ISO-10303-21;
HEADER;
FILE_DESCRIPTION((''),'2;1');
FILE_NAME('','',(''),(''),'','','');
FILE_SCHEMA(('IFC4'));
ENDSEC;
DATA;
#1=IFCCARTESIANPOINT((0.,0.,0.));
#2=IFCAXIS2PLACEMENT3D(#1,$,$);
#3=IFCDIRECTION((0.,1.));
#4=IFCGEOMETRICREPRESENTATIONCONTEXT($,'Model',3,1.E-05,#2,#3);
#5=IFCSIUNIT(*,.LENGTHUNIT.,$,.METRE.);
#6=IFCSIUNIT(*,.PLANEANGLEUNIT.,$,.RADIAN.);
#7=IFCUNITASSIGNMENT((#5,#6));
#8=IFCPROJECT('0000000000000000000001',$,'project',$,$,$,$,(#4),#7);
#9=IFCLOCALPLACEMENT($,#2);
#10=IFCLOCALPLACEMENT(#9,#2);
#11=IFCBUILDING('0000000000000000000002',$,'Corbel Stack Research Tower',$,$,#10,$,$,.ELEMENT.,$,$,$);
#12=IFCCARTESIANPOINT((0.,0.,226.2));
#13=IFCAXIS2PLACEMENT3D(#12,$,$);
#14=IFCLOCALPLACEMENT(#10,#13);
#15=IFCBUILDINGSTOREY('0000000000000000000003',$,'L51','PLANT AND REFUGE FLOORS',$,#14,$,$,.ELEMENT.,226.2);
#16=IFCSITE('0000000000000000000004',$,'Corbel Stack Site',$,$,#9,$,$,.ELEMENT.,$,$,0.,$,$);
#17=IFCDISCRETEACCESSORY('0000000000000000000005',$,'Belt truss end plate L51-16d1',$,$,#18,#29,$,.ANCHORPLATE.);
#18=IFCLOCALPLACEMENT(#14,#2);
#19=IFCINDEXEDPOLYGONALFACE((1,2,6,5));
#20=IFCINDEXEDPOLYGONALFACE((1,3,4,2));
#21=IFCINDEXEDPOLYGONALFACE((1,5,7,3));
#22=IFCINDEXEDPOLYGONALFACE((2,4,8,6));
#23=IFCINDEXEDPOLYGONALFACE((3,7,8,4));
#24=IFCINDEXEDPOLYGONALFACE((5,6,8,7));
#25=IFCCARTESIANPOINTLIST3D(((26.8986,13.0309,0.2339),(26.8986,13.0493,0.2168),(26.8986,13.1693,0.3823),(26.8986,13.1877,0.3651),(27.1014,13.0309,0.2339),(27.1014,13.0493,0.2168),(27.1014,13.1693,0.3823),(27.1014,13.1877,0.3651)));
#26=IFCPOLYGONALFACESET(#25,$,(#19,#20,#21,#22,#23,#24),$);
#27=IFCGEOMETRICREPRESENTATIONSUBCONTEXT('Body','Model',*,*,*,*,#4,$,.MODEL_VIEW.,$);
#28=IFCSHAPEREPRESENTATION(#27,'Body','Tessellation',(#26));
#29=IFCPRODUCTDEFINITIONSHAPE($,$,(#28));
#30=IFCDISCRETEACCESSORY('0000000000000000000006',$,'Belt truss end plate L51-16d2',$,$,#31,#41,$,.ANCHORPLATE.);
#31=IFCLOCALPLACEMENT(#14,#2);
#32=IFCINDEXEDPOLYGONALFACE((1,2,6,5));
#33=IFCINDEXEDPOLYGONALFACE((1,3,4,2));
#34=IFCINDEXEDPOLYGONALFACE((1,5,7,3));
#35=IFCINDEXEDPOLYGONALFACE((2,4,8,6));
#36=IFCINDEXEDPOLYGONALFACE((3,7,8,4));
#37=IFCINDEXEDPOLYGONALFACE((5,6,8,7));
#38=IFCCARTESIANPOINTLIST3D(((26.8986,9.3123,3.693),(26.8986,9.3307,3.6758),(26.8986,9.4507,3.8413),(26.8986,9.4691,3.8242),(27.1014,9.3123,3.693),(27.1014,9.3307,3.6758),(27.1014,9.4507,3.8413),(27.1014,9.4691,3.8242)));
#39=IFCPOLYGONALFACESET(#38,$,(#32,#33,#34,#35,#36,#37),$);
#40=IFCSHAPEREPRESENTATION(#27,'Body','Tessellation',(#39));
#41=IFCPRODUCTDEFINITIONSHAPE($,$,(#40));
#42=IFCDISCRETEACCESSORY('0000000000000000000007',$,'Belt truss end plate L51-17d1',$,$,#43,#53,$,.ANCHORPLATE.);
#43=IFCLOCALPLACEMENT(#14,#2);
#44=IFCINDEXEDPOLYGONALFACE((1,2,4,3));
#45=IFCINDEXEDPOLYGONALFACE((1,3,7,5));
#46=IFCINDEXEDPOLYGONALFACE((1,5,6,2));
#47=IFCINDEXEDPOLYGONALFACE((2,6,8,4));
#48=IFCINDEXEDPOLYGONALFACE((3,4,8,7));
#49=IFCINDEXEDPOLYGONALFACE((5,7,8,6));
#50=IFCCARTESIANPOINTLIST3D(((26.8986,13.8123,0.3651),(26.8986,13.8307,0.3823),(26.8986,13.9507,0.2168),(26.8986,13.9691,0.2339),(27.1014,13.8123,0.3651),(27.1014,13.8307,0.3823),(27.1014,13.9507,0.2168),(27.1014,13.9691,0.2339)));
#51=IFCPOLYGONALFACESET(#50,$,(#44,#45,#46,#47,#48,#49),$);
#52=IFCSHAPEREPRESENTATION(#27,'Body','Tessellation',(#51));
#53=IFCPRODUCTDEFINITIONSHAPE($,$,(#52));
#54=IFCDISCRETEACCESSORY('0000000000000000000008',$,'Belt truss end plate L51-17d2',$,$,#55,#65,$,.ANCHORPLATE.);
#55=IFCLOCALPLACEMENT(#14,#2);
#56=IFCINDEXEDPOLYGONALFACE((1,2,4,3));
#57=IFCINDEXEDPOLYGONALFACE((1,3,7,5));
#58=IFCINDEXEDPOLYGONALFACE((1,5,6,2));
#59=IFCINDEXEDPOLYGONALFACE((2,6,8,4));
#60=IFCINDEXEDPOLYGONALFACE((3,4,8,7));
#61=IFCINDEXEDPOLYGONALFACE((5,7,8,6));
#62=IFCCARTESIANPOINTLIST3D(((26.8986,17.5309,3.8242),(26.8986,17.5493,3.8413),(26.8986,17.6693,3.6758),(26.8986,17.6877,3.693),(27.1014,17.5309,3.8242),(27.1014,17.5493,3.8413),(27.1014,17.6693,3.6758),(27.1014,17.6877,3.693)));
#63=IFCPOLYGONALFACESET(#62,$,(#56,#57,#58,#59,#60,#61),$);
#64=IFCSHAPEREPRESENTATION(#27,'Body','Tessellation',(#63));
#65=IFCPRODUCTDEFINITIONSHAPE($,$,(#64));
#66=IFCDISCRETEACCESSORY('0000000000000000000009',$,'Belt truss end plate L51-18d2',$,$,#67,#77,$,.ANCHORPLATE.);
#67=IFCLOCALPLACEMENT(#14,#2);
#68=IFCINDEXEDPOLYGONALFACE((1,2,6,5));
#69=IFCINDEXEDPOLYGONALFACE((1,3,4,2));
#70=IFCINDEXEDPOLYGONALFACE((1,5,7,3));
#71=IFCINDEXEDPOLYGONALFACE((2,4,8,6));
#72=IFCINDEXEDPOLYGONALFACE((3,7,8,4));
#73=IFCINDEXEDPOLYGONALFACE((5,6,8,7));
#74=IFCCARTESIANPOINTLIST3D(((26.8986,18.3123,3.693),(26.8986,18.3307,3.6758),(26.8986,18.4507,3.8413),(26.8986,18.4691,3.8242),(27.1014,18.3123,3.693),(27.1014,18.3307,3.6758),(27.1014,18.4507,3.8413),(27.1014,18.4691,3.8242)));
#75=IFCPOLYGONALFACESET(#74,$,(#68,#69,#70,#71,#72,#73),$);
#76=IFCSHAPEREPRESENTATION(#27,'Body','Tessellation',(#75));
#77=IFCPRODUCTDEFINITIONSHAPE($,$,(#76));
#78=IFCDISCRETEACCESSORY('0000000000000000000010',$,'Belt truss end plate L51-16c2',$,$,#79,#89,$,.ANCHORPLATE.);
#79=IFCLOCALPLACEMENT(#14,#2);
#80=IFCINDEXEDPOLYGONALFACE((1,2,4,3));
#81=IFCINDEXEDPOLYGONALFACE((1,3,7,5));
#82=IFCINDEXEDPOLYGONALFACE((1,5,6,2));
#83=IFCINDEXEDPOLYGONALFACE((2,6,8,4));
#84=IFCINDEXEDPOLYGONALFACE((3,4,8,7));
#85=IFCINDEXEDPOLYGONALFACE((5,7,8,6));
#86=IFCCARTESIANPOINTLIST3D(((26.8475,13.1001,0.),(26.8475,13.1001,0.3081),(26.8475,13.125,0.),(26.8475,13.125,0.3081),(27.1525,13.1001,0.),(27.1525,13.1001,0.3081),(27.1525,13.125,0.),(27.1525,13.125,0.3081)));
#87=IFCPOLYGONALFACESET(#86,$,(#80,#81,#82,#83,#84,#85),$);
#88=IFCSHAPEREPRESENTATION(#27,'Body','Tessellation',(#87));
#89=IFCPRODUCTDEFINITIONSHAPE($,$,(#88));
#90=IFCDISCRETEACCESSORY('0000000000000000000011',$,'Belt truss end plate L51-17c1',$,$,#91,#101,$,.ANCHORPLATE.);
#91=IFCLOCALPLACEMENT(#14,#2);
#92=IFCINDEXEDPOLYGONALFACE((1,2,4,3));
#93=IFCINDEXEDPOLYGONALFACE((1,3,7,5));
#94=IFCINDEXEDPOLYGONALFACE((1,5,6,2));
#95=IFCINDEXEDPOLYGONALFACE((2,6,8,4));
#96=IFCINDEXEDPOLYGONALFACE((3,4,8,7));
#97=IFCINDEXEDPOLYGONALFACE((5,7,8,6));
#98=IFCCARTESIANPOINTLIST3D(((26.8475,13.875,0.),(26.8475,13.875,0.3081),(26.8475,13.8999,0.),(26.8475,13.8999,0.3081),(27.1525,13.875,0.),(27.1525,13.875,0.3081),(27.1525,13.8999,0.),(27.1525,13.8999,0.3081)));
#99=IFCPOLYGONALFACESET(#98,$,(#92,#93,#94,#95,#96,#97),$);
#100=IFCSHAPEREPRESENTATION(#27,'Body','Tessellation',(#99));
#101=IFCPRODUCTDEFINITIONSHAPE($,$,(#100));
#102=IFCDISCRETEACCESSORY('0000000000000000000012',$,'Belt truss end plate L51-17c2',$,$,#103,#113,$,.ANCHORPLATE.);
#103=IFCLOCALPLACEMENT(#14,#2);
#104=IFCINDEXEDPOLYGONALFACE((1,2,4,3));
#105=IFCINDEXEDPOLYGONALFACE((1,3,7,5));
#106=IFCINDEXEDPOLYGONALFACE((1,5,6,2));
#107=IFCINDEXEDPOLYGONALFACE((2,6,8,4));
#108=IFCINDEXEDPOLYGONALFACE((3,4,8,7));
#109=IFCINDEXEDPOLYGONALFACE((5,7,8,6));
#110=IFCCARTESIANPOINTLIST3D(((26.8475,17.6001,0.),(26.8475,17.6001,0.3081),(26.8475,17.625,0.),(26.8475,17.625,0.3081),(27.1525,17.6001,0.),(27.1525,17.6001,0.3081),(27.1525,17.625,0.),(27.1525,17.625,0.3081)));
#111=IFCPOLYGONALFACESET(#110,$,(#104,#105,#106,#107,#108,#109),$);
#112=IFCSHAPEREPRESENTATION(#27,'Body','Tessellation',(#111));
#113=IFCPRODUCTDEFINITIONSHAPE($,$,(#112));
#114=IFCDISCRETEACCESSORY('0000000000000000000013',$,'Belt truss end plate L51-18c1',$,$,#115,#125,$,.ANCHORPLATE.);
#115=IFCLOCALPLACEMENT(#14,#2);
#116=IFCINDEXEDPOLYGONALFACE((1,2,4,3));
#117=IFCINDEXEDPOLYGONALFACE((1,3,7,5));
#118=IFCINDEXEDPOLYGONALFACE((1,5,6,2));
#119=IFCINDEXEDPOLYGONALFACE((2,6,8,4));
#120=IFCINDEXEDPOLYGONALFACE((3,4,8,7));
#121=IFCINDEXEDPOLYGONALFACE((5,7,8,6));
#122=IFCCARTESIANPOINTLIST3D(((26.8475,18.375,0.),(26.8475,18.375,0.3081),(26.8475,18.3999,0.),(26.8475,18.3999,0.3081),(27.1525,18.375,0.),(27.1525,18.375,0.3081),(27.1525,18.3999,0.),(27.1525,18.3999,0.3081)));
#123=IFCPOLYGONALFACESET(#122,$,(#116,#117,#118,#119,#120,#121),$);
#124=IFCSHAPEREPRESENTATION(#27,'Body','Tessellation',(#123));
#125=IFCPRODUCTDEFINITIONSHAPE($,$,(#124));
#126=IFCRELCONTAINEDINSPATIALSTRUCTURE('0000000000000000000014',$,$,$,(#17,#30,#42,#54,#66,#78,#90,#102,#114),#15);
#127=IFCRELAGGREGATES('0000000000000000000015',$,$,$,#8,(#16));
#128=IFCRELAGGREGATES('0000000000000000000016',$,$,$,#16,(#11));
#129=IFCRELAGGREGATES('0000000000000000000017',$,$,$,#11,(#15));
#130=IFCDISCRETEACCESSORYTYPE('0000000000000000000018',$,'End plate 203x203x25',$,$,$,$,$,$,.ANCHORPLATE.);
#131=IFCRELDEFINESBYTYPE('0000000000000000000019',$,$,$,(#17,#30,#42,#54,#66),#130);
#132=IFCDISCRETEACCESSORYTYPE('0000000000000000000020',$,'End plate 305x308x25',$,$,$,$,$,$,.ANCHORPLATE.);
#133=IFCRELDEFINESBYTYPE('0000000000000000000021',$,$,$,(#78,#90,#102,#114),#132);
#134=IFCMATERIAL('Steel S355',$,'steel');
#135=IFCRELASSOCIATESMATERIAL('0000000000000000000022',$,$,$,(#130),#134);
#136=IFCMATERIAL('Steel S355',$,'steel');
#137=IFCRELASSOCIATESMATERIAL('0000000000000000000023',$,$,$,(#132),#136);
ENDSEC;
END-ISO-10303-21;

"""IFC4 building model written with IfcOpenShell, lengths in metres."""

from ifc_helpers import new_model, si_unit, direction, frame, origin, origin_2d, place, context, subcontext, project, spatial, rectangle, extrude, material, material_profile, profile_set, type_object, element, save


model = new_model("IFC4")

# Units and contexts
model_context = context("Model", 3, precision=1e-05, world=origin(), true_north=direction((0.0, 1.0)))
body_context = subcontext(model_context, "Body", "Model", "MODEL_VIEW")
ifc_project = project(units=[si_unit("LENGTHUNIT", "METRE"), si_unit("PLANEANGLEUNIT", "RADIAN")], contexts=[model_context])

# Site, building, storey
site_placement = place(None, origin())
site = spatial("IfcSite", under=ifc_project, at=site_placement, Name="Corbel Stack Site", CompositionType="ELEMENT", RefElevation=0.0)
building_placement = place(site_placement, origin())
building = spatial("IfcBuilding", under=site, at=building_placement, Name="Corbel Stack Research Tower", CompositionType="ELEMENT")
storey_placement = place(building_placement, frame((0.0, 0.0, 226.2)))
storey = spatial("IfcBuildingStorey", under=building, at=storey_placement, Name="L51", Description="PLANT AND REFUGE FLOORS", CompositionType="ELEMENT", Elevation=226.2)

# Discrete accessories
ifc_material_1 = material(Name="Steel S355", Category="steel")
ifc_material_profile_1 = material_profile(ifc_material_1, rectangle(XDim=0.2029, YDim=0.2029, at=origin_2d()), Name="End plate 203x203x25")
ifc_profile_set_1 = profile_set([ifc_material_profile_1], Name="Steel S355")
discrete_accessory_type_1 = type_object("IfcDiscreteAccessoryType", Name="End plate 203x203x25", PredefinedType="ANCHORPLATE", material=ifc_profile_set_1)
for number, where, z_axis, x_axis, name in (
    (1, (27.0, 13.1001, 0.3081), (0.0, 0.731055, -0.682318), (-1.0, 0.0, 0.0), "Belt truss end plate L51-16d1"),
    (2, (27.0, 9.3999, 3.75), (0.0, -0.731055, 0.682318), (1.0, 0.0, 0.0), "Belt truss end plate L51-16d2"),
    (3, (27.0, 13.8999, 0.3081), (0.0, -0.731055, -0.682318), (1.0, 0.0, 0.0), "Belt truss end plate L51-17d1"),
    (4, (27.0, 17.6001, 3.75), (0.0, 0.731055, 0.682318), (-1.0, 0.0, 0.0), "Belt truss end plate L51-17d2"),
    (5, (27.0, 18.3999, 3.75), (0.0, -0.731055, 0.682318), (1.0, 0.0, 0.0), "Belt truss end plate L51-18d2"),
):
    element("IfcDiscreteAccessory", number, at=place(storey_placement, frame(where, z_axis=z_axis, x_axis=x_axis)), inside=storey, type_object=discrete_accessory_type_1, Name=name, PredefinedType="ANCHORPLATE", context=body_context, shape_type="SweptSolid", body=[
        extrude(rectangle(XDim=0.2029, YDim=0.2029, at=origin_2d()), origin(), (0.0, 0.0, 1.0), 0.0251),
    ])
ifc_material_2 = material(Name="Steel S355", Category="steel")
ifc_material_profile_2 = material_profile(ifc_material_2, rectangle(XDim=0.3049, YDim=0.3081, at=origin_2d()), Name="End plate 305x308x25")
ifc_profile_set_2 = profile_set([ifc_material_profile_2], Name="Steel S355")
discrete_accessory_type_2 = type_object("IfcDiscreteAccessoryType", Name="End plate 305x308x25", PredefinedType="ANCHORPLATE", material=ifc_profile_set_2)
for number, where, z_axis, x_axis, name in (
    (6, (27.0, 13.1001, 0.1541), (0.0, 1.0, 0.0), (-1.0, 0.0, 0.0), "Belt truss end plate L51-16c2"),
    (7, (27.0, 13.8999, 0.1541), (0.0, -1.0, 0.0), (1.0, 0.0, 0.0), "Belt truss end plate L51-17c1"),
    (8, (27.0, 17.6001, 0.1541), (0.0, 1.0, 0.0), (-1.0, 0.0, 0.0), "Belt truss end plate L51-17c2"),
    (9, (27.0, 18.3999, 0.1541), (0.0, -1.0, 0.0), (1.0, 0.0, 0.0), "Belt truss end plate L51-18c1"),
):
    element("IfcDiscreteAccessory", number, at=place(storey_placement, frame(where, z_axis=z_axis, x_axis=x_axis)), inside=storey, type_object=discrete_accessory_type_2, Name=name, PredefinedType="ANCHORPLATE", context=body_context, shape_type="SweptSolid", body=[
        extrude(rectangle(XDim=0.3049, YDim=0.3081, at=origin_2d()), origin(), (0.0, 0.0, 1.0), 0.0249),
    ])

save(model, "model.ifc")
